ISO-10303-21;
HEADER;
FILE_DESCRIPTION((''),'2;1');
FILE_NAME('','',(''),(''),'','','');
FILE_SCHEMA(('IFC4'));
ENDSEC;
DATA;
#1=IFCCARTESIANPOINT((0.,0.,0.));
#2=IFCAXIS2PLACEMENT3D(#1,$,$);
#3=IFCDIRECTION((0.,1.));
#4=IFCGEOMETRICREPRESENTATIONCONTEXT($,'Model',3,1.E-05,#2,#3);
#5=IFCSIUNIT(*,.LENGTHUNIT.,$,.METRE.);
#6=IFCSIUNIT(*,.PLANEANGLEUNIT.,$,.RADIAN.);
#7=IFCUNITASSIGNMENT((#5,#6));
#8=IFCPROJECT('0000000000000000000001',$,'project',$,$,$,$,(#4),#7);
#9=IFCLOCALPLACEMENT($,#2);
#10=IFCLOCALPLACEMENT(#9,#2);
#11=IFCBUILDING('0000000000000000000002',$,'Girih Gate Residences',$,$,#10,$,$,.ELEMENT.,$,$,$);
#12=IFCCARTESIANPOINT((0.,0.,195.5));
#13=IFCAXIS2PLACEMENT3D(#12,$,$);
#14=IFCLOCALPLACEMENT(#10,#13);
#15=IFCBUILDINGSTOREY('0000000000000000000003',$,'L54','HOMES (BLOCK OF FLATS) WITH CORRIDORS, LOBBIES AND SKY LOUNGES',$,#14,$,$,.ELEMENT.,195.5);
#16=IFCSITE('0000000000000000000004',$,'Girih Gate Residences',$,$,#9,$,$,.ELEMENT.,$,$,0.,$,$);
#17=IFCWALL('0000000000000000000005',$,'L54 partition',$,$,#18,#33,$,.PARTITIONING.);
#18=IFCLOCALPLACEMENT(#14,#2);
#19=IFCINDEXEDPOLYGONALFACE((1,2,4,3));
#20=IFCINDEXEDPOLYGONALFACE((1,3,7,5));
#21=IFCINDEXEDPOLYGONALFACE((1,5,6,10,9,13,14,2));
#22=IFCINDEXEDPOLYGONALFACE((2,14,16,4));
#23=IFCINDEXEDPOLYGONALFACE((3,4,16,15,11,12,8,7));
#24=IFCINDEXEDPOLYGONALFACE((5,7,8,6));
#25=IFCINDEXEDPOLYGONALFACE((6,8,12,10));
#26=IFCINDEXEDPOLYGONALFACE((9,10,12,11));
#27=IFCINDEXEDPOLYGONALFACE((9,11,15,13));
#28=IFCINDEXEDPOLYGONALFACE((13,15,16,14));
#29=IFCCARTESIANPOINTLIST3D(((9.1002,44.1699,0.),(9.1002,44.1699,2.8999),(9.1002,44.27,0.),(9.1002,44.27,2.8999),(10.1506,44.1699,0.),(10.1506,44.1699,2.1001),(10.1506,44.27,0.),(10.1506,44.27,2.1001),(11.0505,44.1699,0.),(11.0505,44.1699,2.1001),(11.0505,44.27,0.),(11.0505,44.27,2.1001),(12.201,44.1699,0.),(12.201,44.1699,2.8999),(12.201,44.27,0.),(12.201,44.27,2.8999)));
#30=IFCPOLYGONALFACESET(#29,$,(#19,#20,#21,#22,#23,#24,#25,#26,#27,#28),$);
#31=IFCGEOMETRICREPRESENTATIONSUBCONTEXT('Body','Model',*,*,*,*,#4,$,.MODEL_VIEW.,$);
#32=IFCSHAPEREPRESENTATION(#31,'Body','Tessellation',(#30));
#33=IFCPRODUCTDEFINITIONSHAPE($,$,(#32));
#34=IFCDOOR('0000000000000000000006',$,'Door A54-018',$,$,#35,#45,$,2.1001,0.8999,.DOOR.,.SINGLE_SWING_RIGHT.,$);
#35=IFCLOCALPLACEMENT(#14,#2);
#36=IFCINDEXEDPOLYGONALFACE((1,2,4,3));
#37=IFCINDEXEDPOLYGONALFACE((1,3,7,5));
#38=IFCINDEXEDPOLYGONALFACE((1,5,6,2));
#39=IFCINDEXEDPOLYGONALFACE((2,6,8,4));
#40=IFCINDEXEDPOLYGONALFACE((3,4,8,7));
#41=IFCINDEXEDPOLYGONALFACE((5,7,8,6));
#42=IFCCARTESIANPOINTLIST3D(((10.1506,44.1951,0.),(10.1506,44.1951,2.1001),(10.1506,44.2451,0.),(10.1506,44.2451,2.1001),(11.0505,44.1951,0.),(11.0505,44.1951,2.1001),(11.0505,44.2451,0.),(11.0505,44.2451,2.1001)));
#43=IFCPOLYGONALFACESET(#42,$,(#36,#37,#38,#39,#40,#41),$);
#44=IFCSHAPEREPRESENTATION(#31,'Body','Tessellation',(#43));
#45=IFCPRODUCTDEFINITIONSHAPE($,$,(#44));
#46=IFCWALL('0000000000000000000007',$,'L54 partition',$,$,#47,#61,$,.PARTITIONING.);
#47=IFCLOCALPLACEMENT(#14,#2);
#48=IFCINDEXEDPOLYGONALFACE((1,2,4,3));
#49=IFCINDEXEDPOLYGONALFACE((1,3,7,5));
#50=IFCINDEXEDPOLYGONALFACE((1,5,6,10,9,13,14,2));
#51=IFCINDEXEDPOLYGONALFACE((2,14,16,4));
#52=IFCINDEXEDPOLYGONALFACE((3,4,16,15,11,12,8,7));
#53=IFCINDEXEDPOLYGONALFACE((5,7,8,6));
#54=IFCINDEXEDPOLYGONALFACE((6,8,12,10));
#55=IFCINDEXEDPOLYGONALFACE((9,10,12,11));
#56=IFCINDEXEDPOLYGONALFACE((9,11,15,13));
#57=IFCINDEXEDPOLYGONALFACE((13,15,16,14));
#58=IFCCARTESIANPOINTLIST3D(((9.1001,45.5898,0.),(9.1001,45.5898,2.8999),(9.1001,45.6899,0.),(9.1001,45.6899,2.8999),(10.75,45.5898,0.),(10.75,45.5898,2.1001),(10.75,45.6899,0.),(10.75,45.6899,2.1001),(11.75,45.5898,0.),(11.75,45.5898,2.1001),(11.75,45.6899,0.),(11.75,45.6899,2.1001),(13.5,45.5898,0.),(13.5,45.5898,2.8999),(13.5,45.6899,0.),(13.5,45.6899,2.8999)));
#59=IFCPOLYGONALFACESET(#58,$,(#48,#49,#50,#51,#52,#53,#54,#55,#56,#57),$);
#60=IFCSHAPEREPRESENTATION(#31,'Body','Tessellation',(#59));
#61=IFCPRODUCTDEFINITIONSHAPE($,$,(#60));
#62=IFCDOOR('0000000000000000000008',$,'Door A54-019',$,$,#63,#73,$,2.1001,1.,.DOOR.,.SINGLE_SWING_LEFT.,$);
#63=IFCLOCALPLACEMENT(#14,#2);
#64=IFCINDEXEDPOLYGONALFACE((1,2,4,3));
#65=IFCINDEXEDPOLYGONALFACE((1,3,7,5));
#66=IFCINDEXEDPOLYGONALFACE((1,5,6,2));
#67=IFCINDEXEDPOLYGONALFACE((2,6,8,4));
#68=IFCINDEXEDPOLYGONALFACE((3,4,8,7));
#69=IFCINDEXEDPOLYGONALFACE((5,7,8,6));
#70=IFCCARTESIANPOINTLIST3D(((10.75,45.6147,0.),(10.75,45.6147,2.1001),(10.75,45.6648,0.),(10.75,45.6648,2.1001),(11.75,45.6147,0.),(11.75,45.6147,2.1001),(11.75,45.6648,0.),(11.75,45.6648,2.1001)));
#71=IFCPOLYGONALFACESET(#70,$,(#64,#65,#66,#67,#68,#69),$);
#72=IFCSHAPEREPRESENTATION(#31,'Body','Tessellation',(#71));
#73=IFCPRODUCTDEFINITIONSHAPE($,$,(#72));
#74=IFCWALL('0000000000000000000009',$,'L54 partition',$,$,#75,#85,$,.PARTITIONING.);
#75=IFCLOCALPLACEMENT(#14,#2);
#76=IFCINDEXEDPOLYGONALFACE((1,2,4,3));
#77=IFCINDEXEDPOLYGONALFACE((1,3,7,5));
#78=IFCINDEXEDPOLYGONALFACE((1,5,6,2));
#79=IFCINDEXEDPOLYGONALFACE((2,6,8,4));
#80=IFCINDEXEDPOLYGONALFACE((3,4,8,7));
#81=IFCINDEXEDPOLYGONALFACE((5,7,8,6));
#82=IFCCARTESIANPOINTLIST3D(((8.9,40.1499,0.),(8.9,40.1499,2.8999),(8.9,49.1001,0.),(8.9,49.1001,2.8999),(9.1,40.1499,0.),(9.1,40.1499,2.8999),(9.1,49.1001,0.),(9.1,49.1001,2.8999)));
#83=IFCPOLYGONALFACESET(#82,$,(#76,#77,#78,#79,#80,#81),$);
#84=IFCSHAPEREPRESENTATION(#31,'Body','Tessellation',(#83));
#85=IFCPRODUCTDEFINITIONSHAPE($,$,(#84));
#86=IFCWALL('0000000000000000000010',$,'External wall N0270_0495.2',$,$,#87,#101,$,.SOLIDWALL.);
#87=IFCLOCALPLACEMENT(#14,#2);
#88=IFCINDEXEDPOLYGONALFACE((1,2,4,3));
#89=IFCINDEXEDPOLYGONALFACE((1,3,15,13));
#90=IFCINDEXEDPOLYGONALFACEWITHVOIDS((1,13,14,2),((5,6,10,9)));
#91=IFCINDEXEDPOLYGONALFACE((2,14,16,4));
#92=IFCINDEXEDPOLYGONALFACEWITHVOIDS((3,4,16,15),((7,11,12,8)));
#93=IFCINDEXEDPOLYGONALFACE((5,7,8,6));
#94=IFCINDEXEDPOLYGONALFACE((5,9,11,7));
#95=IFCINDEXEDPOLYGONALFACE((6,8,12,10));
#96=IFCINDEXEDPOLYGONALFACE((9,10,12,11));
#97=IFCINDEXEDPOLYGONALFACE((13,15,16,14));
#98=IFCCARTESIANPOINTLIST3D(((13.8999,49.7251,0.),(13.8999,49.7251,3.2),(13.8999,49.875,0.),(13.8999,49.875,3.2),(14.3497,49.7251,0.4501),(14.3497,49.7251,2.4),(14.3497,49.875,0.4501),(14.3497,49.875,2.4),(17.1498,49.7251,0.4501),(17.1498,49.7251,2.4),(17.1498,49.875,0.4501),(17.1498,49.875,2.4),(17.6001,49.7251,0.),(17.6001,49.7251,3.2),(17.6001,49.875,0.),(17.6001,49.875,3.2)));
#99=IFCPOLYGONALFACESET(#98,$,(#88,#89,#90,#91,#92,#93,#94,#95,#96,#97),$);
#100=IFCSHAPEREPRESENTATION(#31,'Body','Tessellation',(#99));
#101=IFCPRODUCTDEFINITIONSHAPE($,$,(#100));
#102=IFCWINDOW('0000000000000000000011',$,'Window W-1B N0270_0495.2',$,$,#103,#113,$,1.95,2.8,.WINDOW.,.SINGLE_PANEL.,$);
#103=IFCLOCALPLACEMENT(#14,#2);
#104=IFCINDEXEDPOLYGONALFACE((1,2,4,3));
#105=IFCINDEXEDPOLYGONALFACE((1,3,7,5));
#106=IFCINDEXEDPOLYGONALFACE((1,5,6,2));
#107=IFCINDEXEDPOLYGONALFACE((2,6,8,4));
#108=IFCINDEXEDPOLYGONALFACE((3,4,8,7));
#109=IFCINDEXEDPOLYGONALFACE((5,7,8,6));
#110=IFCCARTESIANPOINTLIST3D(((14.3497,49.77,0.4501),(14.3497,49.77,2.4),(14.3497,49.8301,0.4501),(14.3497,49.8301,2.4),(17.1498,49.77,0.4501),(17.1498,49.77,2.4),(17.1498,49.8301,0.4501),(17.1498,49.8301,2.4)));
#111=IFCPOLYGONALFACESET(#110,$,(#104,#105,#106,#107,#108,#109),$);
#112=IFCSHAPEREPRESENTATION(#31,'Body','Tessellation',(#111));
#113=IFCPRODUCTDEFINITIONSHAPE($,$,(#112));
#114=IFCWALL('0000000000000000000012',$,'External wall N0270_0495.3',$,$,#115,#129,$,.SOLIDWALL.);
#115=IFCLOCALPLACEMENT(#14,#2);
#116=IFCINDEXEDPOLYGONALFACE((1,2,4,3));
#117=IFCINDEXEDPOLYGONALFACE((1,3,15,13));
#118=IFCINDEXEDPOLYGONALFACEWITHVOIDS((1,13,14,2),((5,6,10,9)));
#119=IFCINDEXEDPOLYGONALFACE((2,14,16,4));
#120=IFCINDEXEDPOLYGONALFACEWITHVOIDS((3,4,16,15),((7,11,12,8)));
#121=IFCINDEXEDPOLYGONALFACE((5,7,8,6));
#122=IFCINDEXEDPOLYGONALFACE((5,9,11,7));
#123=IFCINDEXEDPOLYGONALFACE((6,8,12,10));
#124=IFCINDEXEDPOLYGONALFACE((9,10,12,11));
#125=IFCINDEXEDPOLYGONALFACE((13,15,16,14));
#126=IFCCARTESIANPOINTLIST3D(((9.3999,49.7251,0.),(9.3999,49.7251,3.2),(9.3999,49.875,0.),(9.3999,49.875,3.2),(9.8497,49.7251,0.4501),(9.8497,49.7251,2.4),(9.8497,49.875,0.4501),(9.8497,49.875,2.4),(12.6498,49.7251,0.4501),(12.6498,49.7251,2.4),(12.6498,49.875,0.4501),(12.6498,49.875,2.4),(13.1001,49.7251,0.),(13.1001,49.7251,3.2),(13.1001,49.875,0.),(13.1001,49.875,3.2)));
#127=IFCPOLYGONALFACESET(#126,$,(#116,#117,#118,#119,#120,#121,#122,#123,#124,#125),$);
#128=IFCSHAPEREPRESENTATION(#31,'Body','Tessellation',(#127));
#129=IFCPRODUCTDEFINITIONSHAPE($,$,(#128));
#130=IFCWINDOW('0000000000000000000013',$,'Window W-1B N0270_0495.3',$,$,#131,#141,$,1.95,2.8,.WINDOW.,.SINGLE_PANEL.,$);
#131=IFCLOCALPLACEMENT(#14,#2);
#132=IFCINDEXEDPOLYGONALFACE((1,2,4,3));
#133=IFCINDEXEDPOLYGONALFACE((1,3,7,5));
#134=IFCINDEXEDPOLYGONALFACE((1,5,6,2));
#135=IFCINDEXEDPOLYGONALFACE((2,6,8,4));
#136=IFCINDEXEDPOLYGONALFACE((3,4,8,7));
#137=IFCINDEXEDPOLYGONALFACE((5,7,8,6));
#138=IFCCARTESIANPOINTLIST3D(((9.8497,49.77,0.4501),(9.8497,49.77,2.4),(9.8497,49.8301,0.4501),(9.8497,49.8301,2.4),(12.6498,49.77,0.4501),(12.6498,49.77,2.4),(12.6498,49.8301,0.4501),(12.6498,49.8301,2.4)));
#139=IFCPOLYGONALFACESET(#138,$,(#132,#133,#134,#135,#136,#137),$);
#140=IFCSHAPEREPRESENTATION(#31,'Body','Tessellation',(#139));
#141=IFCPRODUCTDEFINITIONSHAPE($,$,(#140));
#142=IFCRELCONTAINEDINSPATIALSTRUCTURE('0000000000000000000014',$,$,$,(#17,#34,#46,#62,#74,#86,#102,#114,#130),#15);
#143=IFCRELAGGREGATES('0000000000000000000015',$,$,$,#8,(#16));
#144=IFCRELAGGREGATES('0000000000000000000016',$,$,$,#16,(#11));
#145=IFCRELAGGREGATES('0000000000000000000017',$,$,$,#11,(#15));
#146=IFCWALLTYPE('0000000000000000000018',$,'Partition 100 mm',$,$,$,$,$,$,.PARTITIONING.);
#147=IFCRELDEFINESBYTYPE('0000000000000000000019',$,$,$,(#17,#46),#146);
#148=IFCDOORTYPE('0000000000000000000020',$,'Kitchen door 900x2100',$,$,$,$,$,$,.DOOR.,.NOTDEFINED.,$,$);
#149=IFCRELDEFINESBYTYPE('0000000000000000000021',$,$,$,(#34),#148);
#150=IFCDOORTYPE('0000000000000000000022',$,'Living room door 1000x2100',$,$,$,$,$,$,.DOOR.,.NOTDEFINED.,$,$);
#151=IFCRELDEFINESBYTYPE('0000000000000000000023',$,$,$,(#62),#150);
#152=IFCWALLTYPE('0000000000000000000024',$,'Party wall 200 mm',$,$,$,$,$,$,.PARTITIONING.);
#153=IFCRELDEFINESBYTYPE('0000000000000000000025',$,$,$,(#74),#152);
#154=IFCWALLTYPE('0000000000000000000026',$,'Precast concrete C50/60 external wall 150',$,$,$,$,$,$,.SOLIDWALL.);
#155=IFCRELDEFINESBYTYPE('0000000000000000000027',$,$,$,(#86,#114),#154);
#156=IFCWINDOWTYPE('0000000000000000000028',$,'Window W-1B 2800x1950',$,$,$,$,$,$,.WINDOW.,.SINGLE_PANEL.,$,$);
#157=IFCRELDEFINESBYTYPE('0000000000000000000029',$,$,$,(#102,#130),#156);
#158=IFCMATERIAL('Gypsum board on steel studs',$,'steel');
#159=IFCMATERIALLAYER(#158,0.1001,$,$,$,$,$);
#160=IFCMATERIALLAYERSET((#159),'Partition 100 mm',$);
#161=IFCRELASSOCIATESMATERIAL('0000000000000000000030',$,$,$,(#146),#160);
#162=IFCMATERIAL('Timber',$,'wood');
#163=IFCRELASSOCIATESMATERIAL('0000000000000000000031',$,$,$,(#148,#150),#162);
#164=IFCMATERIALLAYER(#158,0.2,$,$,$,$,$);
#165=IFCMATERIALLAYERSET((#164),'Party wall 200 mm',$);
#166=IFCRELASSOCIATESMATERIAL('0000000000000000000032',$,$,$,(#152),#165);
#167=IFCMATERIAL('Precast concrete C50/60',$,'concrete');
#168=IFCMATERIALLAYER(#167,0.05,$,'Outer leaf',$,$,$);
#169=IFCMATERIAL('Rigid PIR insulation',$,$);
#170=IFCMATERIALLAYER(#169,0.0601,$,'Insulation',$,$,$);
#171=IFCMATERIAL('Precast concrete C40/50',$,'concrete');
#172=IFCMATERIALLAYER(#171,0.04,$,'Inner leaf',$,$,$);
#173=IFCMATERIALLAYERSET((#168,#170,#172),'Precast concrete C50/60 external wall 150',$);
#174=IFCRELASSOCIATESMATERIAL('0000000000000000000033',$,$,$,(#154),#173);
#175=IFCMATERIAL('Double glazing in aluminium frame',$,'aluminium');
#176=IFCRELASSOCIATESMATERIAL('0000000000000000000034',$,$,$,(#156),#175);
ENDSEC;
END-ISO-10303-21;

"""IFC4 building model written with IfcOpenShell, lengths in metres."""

from ifc_helpers import new_model, si_unit, direction, frame, frame_2d, origin, place, context, subcontext, project, spatial, rectangle, extrude, material, layer, layer_set, type_object, element, fill, save


model = new_model("IFC4")

# Units and contexts
model_context = context("Model", 3, precision=1e-05, world=origin(), true_north=direction((0.0, 1.0)))
body_context = subcontext(model_context, "Body", "Model", "MODEL_VIEW")
ifc_project = project(units=[si_unit("LENGTHUNIT", "METRE"), si_unit("PLANEANGLEUNIT", "RADIAN")], contexts=[model_context])

# Site, building, storey
site_placement = place(None, origin())
site = spatial("IfcSite", under=ifc_project, at=site_placement, Name="Girih Gate Residences", CompositionType="ELEMENT", RefElevation=0.0)
building_placement = place(site_placement, origin())
building = spatial("IfcBuilding", under=site, at=building_placement, Name="Girih Gate Residences", CompositionType="ELEMENT")
storey_placement = place(building_placement, frame((0.0, 0.0, 195.5)))
storey = spatial("IfcBuildingStorey", under=building, at=storey_placement, Name="L54", Description="HOMES (BLOCK OF FLATS) WITH CORRIDORS, LOBBIES AND SKY LOUNGES", CompositionType="ELEMENT", Elevation=195.5)

# Shared definitions
ifc_material_1 = material(Name="Gypsum board on steel studs", Category="steel")

# Shared definitions
ifc_layer_1 = layer(ifc_material_1, 0.1001)
ifc_layer_set_1 = layer_set([ifc_layer_1], Name="Partition 100 mm")
wall_type_1 = type_object("IfcWallType", Name="Partition 100 mm", PredefinedType="PARTITIONING", material=ifc_layer_set_1)
ifc_material_2 = material(Name="Timber", Category="wood")
door_type_1 = type_object("IfcDoorType", Name="Kitchen door 900x2100", OperationType="NOTDEFINED", PredefinedType="DOOR", material=ifc_material_2)

# Walls, openings, doors
wall_1_placement = place(storey_placement, frame((12.2009, 44.22, 0.0), z_axis=(0.0, 0.0, 1.0), x_axis=(-1.0, 0.0, 0.0)))
wall_1 = element("IfcWall", 1, at=wall_1_placement, inside=storey, type_object=wall_type_1, Name="L54 partition", PredefinedType="PARTITIONING", context=body_context, shape_type="SweptSolid", body=[
    extrude(rectangle(XDim=3.1008, YDim=0.1001, at=frame_2d((1.5503, 0.0))), origin(), (0.0, 0.0, 1.0), 2.8999),
])
opening_1_placement = place(wall_1_placement, frame((1.1504, 0.0, 0.0)))
opening_1 = element("IfcOpeningElement", 2, at=opening_1_placement, cuts=wall_1, PredefinedType="OPENING", context=body_context, shape_type="SweptSolid", body=[
    extrude(rectangle(XDim=0.8999, YDim=2.1001, at=frame_2d((0.45, 1.05))), frame((0.0, 0.0601, 0.0), z_axis=(0.0, -1.0, 0.0), x_axis=(1.0, 0.0, 0.0)), (0.0, 0.0, 1.0), 0.1201),
])
door_1_placement = place(opening_1_placement, origin())
door_1 = element("IfcDoor", 3, at=door_1_placement, inside=storey, type_object=door_type_1, Name="Door A54-018", OperationType="SINGLE_SWING_RIGHT", OverallHeight=2.1001, OverallWidth=0.8999, PredefinedType="DOOR", context=body_context, shape_type="SweptSolid", body=[
    extrude(rectangle(XDim=0.8999, YDim=2.1001, at=frame_2d((0.45, 1.05))), frame((0.0, 0.0249, 0.0), z_axis=(0.0, -1.0, 0.0), x_axis=(1.0, 0.0, 0.0)), (0.0, 0.0, 1.0), 0.05),
])
fill(opening_1, door_1)
wall_2_placement = place(storey_placement, frame((9.1001, 45.6399, 0.0), z_axis=(0.0, 0.0, 1.0), x_axis=(1.0, 0.0, 0.0)))
wall_2 = element("IfcWall", 4, at=wall_2_placement, inside=storey, type_object=wall_type_1, Name="L54 partition", PredefinedType="PARTITIONING", context=body_context, shape_type="SweptSolid", body=[
    extrude(rectangle(XDim=4.3999, YDim=0.1001, at=frame_2d((2.2, 0.0))), origin(), (0.0, 0.0, 1.0), 2.8999),
])
opening_2_placement = place(wall_2_placement, frame((1.6499, 0.0, 0.0)))
opening_2 = element("IfcOpeningElement", 5, at=opening_2_placement, cuts=wall_2, PredefinedType="OPENING", context=body_context, shape_type="SweptSolid", body=[
    extrude(rectangle(XDim=1.0, YDim=2.1001, at=frame_2d((0.5, 1.05))), frame((0.0, 0.0601, 0.0), z_axis=(0.0, -1.0, 0.0), x_axis=(1.0, 0.0, 0.0)), (0.0, 0.0, 1.0), 0.1201),
])
door_type_2 = type_object("IfcDoorType", Name="Living room door 1000x2100", OperationType="NOTDEFINED", PredefinedType="DOOR", material=ifc_material_2)
door_2_placement = place(opening_2_placement, origin())
door_2 = element("IfcDoor", 6, at=door_2_placement, inside=storey, type_object=door_type_2, Name="Door A54-019", OperationType="SINGLE_SWING_LEFT", OverallHeight=2.1001, OverallWidth=1.0, PredefinedType="DOOR", context=body_context, shape_type="SweptSolid", body=[
    extrude(rectangle(XDim=1.0, YDim=2.1001, at=frame_2d((0.5, 1.05))), frame((0.0, 0.0249, 0.0), z_axis=(0.0, -1.0, 0.0), x_axis=(1.0, 0.0, 0.0)), (0.0, 0.0, 1.0), 0.05),
])
fill(opening_2, door_2)

# Wall
ifc_layer_2 = layer(ifc_material_1, 0.2)
ifc_layer_set_2 = layer_set([ifc_layer_2], Name="Party wall 200 mm")
wall_type_2 = type_object("IfcWallType", Name="Party wall 200 mm", PredefinedType="PARTITIONING", material=ifc_layer_set_2)
wall_3_placement = place(storey_placement, frame((9.0, 40.1499, 0.0), z_axis=(0.0, 0.0, 1.0), x_axis=(0.0, 1.0, 0.0)))
element("IfcWall", 7, at=wall_3_placement, inside=storey, type_object=wall_type_2, Name="L54 partition", PredefinedType="PARTITIONING", context=body_context, shape_type="SweptSolid", body=[
    extrude(rectangle(XDim=8.9502, YDim=0.2, at=frame_2d((4.4751, 0.0))), origin(), (0.0, 0.0, 1.0), 2.8999),
])

# Walls, openings, windows
ifc_material_3 = material(Name="Precast concrete C50/60", Category="concrete")
ifc_layer_3 = layer(ifc_material_3, 0.05, Name="Outer leaf")
ifc_material_4 = material(Name="Rigid PIR insulation")
ifc_layer_4 = layer(ifc_material_4, 0.0601, Name="Insulation")
ifc_material_5 = material(Name="Precast concrete C40/50", Category="concrete")
ifc_layer_5 = layer(ifc_material_5, 0.04, Name="Inner leaf")
ifc_layer_set_3 = layer_set([ifc_layer_3, ifc_layer_4, ifc_layer_5], Name="Precast concrete C50/60 external wall 150")
wall_type_3 = type_object("IfcWallType", Name="Precast concrete C50/60 external wall 150", PredefinedType="SOLIDWALL", material=ifc_layer_set_3)
wall_4_placement = place(storey_placement, frame((13.8999, 49.8, 0.0), z_axis=(0.0, 0.0, 1.0), x_axis=(1.0, 0.0, 0.0)))
wall_4 = element("IfcWall", 8, at=wall_4_placement, inside=storey, type_object=wall_type_3, Name="External wall N0270_0495.2", PredefinedType="SOLIDWALL", context=body_context, shape_type="SweptSolid", body=[
    extrude(rectangle(XDim=3.7002, YDim=0.1499, at=frame_2d((1.8501, 0.0))), origin(), (0.0, 0.0, 1.0), 3.2),
])
opening_3_placement = place(wall_4_placement, frame((0.45, 0.0, 0.45)))
opening_3 = element("IfcOpeningElement", 9, at=opening_3_placement, cuts=wall_4, PredefinedType="OPENING", context=body_context, shape_type="SweptSolid", body=[
    extrude(rectangle(XDim=2.8, YDim=1.95, at=frame_2d((1.3999, 0.9751))), frame((0.0, 0.085, 0.0), z_axis=(0.0, -1.0, 0.0), x_axis=(1.0, 0.0, 0.0)), (0.0, 0.0, 1.0), 0.1699),
])
ifc_material_6 = material(Name="Double glazing in aluminium frame", Category="aluminium")
window_type = type_object("IfcWindowType", Name="Window W-1B 2800x1950", PartitioningType="SINGLE_PANEL", PredefinedType="WINDOW", material=ifc_material_6)
window_1_placement = place(opening_3_placement, origin())
window_1 = element("IfcWindow", 10, at=window_1_placement, inside=storey, type_object=window_type, Name="Window W-1B N0270_0495.2", OverallHeight=1.95, OverallWidth=2.8, PartitioningType="SINGLE_PANEL", PredefinedType="WINDOW", context=body_context, shape_type="SweptSolid", body=[
    extrude(rectangle(XDim=2.8, YDim=1.95, at=frame_2d((1.3999, 0.9751))), frame((0.0, 0.03, 0.0), z_axis=(0.0, -1.0, 0.0), x_axis=(1.0, 0.0, 0.0)), (0.0, 0.0, 1.0), 0.0601),
])
fill(opening_3, window_1)
wall_5_placement = place(storey_placement, frame((9.3999, 49.8, 0.0), z_axis=(0.0, 0.0, 1.0), x_axis=(1.0, 0.0, 0.0)))
wall_5 = element("IfcWall", 11, at=wall_5_placement, inside=storey, type_object=wall_type_3, Name="External wall N0270_0495.3", PredefinedType="SOLIDWALL", context=body_context, shape_type="SweptSolid", body=[
    extrude(rectangle(XDim=3.7002, YDim=0.1499, at=frame_2d((1.8501, 0.0))), origin(), (0.0, 0.0, 1.0), 3.2),
])
opening_4_placement = place(wall_5_placement, frame((0.45, 0.0, 0.45)))
opening_4 = element("IfcOpeningElement", 12, at=opening_4_placement, cuts=wall_5, PredefinedType="OPENING", context=body_context, shape_type="SweptSolid", body=[
    extrude(rectangle(XDim=2.8, YDim=1.95, at=frame_2d((1.3999, 0.9751))), frame((0.0, 0.085, 0.0), z_axis=(0.0, -1.0, 0.0), x_axis=(1.0, 0.0, 0.0)), (0.0, 0.0, 1.0), 0.1699),
])
window_2_placement = place(opening_4_placement, origin())
window_2 = element("IfcWindow", 13, at=window_2_placement, inside=storey, type_object=window_type, Name="Window W-1B N0270_0495.3", OverallHeight=1.95, OverallWidth=2.8, PartitioningType="SINGLE_PANEL", PredefinedType="WINDOW", context=body_context, shape_type="SweptSolid", body=[
    extrude(rectangle(XDim=2.8, YDim=1.95, at=frame_2d((1.3999, 0.9751))), frame((0.0, 0.03, 0.0), z_axis=(0.0, -1.0, 0.0), x_axis=(1.0, 0.0, 0.0)), (0.0, 0.0, 1.0), 0.0601),
])
fill(opening_4, window_2)

save(model, "model.ifc")
